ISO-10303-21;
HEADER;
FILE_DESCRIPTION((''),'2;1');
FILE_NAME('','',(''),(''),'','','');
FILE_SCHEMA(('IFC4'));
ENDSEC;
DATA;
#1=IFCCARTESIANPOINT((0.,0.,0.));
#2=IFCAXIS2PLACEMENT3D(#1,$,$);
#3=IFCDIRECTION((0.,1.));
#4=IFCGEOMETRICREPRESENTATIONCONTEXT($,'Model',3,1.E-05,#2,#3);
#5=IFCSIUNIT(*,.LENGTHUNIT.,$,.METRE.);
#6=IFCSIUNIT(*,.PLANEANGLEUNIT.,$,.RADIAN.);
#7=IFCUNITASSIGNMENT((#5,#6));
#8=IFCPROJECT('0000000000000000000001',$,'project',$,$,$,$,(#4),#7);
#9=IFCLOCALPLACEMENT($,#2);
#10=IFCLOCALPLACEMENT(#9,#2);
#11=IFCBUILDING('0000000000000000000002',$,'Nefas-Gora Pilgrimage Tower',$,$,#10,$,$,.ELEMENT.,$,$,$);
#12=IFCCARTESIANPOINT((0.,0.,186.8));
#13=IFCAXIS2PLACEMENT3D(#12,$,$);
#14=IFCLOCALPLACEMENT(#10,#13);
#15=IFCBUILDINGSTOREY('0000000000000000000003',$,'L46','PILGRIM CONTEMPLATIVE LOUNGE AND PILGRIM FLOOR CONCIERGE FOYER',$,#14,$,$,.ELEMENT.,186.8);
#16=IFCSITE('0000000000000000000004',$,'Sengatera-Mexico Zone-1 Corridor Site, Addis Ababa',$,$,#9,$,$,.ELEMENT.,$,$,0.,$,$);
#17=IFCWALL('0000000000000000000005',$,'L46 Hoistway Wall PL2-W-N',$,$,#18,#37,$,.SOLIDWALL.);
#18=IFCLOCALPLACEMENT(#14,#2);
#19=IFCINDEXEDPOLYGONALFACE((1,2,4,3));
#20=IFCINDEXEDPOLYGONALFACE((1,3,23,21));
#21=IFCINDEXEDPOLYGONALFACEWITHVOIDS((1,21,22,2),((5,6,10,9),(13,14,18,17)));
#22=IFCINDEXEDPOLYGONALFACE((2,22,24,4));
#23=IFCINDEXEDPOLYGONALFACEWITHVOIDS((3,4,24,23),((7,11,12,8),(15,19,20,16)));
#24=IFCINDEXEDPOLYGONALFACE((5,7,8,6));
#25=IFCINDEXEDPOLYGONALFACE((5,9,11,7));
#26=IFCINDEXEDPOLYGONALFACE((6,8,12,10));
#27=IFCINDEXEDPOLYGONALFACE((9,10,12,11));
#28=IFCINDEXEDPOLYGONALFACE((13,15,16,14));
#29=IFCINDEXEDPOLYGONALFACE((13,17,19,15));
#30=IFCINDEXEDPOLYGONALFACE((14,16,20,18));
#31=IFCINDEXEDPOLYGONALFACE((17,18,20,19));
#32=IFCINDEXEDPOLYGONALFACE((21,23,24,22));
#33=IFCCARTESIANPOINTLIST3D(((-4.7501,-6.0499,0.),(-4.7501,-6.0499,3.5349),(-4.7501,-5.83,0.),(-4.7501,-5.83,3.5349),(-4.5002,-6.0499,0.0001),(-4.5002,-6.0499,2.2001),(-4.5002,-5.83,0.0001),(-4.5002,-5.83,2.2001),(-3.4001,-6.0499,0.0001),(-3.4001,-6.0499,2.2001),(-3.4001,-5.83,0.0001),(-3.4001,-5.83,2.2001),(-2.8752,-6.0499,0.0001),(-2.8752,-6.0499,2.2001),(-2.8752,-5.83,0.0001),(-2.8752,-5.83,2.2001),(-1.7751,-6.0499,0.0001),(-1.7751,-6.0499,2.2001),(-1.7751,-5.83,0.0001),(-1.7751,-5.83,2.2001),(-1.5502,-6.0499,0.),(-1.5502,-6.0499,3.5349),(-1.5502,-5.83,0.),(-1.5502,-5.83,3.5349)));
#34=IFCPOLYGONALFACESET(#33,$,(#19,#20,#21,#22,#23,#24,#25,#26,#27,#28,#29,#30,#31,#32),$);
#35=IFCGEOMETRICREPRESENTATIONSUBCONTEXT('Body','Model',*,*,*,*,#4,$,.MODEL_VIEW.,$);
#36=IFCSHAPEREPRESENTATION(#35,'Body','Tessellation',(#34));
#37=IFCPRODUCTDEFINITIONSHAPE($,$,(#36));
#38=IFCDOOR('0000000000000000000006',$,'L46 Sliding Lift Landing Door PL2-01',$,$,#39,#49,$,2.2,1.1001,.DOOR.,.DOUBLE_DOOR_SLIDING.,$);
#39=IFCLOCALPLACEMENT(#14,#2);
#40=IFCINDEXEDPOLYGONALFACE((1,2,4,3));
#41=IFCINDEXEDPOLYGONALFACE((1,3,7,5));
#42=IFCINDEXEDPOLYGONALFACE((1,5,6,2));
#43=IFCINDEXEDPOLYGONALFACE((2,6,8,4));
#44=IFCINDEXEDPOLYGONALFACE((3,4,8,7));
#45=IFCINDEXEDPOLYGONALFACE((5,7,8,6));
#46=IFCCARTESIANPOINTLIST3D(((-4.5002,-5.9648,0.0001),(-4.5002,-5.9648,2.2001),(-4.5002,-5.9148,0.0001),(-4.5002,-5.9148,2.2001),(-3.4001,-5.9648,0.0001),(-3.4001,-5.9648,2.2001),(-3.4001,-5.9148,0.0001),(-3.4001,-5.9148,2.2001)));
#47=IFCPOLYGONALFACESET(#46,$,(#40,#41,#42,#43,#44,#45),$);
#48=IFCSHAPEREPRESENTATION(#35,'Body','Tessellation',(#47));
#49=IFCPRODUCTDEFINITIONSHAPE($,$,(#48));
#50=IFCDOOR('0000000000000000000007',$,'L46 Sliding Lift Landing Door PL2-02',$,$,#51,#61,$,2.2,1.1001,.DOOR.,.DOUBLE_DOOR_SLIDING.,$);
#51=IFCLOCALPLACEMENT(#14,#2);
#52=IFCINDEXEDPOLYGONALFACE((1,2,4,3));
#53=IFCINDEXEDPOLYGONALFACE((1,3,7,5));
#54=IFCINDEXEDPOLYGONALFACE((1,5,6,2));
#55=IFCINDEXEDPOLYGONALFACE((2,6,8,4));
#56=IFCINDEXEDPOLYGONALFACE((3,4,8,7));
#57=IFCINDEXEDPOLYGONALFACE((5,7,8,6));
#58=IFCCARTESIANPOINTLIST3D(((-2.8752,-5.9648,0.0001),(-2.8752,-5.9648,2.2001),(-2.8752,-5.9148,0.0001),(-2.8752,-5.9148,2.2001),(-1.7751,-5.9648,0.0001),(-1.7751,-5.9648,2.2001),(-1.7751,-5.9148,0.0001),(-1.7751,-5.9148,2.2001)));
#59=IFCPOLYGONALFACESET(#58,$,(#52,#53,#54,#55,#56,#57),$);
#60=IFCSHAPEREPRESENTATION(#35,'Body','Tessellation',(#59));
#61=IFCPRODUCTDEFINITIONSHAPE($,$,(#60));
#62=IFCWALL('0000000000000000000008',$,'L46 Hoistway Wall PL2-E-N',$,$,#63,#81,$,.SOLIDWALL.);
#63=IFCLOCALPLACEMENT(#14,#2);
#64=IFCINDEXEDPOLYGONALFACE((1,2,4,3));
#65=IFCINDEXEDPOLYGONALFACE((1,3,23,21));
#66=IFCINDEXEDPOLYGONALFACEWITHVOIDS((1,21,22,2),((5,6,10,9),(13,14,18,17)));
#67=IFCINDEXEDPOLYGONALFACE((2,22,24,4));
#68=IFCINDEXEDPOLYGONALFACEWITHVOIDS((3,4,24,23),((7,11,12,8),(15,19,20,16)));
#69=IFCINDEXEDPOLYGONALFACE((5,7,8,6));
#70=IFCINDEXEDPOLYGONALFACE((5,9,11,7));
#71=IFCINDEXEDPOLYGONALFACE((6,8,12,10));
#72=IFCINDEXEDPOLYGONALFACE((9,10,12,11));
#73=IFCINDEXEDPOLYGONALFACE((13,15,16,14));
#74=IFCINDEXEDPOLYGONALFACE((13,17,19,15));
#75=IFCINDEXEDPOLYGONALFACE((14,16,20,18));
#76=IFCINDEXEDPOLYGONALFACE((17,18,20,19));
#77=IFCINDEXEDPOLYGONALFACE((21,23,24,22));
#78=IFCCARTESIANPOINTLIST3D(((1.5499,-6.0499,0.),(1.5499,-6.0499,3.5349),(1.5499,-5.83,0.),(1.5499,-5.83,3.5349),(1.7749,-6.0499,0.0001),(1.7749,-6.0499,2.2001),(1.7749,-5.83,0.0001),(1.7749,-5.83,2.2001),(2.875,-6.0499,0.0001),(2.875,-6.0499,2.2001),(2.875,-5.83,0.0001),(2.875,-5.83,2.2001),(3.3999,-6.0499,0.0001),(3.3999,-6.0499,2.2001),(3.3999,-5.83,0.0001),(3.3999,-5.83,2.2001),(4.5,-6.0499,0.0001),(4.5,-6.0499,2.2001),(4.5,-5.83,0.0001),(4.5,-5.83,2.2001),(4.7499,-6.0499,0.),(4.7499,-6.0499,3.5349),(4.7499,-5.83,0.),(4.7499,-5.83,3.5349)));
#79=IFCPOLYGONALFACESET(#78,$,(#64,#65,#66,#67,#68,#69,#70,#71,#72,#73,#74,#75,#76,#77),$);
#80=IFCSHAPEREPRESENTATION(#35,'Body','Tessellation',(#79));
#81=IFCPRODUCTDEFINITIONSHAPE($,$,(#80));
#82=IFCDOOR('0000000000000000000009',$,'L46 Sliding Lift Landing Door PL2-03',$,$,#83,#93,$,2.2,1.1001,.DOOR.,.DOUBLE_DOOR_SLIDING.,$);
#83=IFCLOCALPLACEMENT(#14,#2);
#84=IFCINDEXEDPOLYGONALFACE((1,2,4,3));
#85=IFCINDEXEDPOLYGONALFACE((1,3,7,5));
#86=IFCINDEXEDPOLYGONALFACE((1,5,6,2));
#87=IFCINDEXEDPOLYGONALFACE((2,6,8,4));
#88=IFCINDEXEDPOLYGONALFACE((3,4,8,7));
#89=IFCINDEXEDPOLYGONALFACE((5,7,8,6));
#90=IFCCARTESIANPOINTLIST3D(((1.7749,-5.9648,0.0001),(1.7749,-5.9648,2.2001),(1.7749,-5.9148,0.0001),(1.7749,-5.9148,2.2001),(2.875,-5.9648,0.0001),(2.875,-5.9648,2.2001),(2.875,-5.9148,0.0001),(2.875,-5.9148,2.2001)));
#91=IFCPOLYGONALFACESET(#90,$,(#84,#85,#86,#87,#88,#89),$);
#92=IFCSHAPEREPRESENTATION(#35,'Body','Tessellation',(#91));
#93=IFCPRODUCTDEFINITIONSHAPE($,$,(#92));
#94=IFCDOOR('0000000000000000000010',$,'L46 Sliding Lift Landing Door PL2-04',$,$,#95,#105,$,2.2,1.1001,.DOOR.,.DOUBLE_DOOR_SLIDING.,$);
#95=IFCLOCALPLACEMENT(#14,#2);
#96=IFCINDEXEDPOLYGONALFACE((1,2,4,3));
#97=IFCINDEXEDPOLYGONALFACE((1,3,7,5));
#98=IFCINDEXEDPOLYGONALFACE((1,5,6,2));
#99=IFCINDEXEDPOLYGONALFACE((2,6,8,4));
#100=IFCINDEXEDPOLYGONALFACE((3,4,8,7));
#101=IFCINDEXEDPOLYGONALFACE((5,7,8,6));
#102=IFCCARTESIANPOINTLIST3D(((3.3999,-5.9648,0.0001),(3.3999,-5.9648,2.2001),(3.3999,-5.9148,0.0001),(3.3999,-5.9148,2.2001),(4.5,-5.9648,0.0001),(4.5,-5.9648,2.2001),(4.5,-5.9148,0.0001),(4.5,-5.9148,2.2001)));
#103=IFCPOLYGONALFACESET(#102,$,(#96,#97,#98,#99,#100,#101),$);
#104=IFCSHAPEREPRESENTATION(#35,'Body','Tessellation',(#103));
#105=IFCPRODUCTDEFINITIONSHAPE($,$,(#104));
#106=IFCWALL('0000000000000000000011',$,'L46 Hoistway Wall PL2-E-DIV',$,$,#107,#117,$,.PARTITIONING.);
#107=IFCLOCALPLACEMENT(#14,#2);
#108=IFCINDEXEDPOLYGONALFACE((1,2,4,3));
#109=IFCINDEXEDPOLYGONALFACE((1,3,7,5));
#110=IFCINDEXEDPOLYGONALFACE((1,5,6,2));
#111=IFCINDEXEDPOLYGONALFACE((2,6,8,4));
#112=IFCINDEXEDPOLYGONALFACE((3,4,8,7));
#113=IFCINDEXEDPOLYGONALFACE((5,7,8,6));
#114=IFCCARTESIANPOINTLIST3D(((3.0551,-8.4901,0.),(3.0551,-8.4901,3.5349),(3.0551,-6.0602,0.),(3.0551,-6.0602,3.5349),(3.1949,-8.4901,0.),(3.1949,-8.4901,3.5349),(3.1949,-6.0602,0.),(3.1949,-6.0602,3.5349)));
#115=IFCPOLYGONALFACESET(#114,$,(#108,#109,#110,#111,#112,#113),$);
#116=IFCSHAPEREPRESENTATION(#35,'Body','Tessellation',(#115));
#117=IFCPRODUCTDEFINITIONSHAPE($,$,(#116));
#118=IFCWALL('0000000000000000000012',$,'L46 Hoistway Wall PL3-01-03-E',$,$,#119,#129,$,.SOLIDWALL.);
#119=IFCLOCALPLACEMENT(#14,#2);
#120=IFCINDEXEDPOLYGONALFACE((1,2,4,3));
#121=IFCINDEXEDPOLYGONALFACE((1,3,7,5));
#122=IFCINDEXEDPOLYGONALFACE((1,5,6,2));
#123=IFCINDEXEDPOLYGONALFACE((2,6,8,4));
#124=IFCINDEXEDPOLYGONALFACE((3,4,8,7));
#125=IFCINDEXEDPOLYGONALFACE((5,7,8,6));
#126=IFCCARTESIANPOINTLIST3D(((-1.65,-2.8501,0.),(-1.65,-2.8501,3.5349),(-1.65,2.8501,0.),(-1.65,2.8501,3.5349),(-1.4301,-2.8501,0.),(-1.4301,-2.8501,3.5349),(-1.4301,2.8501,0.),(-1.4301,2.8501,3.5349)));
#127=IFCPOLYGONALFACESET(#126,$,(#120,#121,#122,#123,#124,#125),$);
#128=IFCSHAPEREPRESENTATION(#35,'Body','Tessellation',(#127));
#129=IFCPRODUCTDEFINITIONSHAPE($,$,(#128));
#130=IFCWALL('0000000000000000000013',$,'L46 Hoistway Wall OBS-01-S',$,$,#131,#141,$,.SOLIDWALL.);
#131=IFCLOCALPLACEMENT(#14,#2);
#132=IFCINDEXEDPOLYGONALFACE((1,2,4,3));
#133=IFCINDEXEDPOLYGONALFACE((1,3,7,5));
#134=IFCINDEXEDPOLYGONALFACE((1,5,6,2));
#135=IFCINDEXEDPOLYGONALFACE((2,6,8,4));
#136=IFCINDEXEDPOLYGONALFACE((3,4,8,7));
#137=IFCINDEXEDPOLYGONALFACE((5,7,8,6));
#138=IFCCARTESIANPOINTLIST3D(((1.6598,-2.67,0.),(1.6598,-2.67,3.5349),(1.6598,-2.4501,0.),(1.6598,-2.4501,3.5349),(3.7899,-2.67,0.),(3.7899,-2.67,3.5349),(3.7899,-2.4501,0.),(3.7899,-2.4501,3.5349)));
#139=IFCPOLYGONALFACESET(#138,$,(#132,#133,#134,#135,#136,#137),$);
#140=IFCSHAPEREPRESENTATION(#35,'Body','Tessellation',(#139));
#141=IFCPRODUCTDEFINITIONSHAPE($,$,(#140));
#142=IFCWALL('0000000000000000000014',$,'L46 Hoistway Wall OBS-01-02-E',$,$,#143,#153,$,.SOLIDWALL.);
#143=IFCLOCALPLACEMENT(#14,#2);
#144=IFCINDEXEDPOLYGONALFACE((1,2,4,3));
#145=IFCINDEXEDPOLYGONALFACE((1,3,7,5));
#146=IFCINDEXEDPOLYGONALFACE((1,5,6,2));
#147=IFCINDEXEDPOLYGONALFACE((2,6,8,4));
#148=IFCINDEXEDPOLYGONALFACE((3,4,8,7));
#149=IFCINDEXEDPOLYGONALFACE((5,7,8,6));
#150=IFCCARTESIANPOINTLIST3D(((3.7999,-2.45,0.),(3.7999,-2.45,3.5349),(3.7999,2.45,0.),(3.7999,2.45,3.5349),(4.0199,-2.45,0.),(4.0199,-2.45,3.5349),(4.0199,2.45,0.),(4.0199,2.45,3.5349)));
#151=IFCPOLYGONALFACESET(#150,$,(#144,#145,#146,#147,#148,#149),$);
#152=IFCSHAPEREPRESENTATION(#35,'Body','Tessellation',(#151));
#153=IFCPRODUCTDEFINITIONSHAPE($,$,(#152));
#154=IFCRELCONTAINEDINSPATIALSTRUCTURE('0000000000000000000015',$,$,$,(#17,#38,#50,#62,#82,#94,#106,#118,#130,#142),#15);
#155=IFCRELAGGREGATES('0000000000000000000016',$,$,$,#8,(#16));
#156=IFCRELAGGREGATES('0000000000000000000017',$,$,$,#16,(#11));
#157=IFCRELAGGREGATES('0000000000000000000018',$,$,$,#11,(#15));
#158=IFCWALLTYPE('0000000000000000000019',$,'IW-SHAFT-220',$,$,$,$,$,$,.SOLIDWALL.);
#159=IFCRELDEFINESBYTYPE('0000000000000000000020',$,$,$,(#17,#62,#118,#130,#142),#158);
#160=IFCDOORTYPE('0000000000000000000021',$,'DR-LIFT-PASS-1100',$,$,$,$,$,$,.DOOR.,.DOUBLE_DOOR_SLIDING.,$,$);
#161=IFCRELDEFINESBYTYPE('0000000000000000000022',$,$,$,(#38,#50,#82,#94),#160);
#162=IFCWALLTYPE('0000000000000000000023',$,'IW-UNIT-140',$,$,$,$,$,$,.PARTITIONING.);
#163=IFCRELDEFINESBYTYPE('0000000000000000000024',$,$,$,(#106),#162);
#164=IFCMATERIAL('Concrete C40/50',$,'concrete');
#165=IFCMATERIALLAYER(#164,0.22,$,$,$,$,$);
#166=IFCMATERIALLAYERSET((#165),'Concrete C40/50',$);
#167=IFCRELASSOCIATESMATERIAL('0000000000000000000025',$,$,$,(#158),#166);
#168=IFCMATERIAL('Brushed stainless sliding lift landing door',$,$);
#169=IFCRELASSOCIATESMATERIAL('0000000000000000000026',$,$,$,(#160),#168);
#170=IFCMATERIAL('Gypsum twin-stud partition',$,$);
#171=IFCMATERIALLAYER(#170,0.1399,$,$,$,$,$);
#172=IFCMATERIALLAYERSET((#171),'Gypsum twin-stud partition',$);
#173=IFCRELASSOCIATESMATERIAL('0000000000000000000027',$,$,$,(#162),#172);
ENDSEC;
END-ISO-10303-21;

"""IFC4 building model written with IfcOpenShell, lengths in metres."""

from ifc_helpers import new_model, si_unit, direction, frame, frame_2d, origin, place, context, subcontext, project, spatial, rectangle, extrude, source, transform, mapped, material, layer, layer_set, type_object, element, fill, save


model = new_model("IFC4")

# Units and contexts
model_context = context("Model", 3, precision=1e-05, world=origin(), true_north=direction((0.0, 1.0)))
body_context = subcontext(model_context, "Body", "Model", "MODEL_VIEW")
ifc_project = project(units=[si_unit("LENGTHUNIT", "METRE"), si_unit("PLANEANGLEUNIT", "RADIAN")], contexts=[model_context])

# Site, building, storey
site_placement = place(None, origin())
site = spatial("IfcSite", under=ifc_project, at=site_placement, Name="Sengatera-Mexico Zone-1 Corridor Site, Addis Ababa", CompositionType="ELEMENT", RefElevation=0.0)
building_placement = place(site_placement, origin())
building = spatial("IfcBuilding", under=site, at=building_placement, Name="Nefas-Gora Pilgrimage Tower", CompositionType="ELEMENT")
storey_placement = place(building_placement, frame((0.0, 0.0, 186.8)))
storey = spatial("IfcBuildingStorey", under=building, at=storey_placement, Name="L46", Description="PILGRIM CONTEMPLATIVE LOUNGE AND PILGRIM FLOOR CONCIERGE FOYER", CompositionType="ELEMENT", Elevation=186.8)

# Shared definitions
ifc_material_1 = material(Name="Concrete C40/50", Category="concrete")

# Shared definitions
ifc_layer_1 = layer(ifc_material_1, 0.22)
ifc_layer_set_1 = layer_set([ifc_layer_1], Name="Concrete C40/50")
wall_type_1 = type_object("IfcWallType", Name="IW-SHAFT-220", PredefinedType="SOLIDWALL", material=ifc_layer_set_1)

# Walls, openings, doors
shared_shape_1 = source(origin(), body_context, "Body", "SweptSolid", [
    extrude(rectangle(XDim=3.2, YDim=0.22, at=frame_2d((1.6001, 0.0))), origin(), (0.0, 0.0, 1.0), 3.5349),
])
wall_1_placement = place(storey_placement, frame((-1.55, -5.9399, 0.0), z_axis=(0.0, 0.0, 1.0), x_axis=(-1.0, 0.0, 0.0)))
wall_1 = element("IfcWall", 1, at=wall_1_placement, inside=storey, type_object=wall_type_1, Name="L46 Hoistway Wall PL2-W-N", PredefinedType="SOLIDWALL", context=body_context, shape_type="MappedRepresentation", body=[
    mapped(shared_shape_1, transform((0.0, 0.0, 0.0), x_axis=(1.0, 0.0, 0.0), y_axis=(0.0, 1.0, 0.0), z_axis=(0.0, 0.0, 1.0), scale=1.0)),
])
opening_1_placement = place(wall_1_placement, frame((1.8501, 0.0, 0.0)))
opening_1 = element("IfcOpeningElement", 2, at=opening_1_placement, cuts=wall_1, PredefinedType="OPENING", context=body_context, shape_type="SweptSolid", body=[
    extrude(rectangle(XDim=1.1001, YDim=2.2, at=frame_2d((0.55, 1.1001))), frame((0.0, 0.1199, 0.0), z_axis=(0.0, -1.0, 0.0), x_axis=(1.0, 0.0, 0.0)), (0.0, 0.0, 1.0), 0.24),
])
opening_2_placement = place(wall_1_placement, frame((0.2251, 0.0, 0.0)))
opening_2 = element("IfcOpeningElement", 3, at=opening_2_placement, cuts=wall_1, PredefinedType="OPENING", context=body_context, shape_type="SweptSolid", body=[
    extrude(rectangle(XDim=1.1001, YDim=2.2, at=frame_2d((0.55, 1.1001))), frame((0.0, 0.1199, 0.0), z_axis=(0.0, -1.0, 0.0), x_axis=(1.0, 0.0, 0.0)), (0.0, 0.0, 1.0), 0.24),
])
ifc_material_2 = material(Name="Brushed stainless sliding lift landing door")
door_type_1 = type_object("IfcDoorType", Name="DR-LIFT-PASS-1100", OperationType="DOUBLE_DOOR_SLIDING", PredefinedType="DOOR", material=ifc_material_2)
shared_shape_2 = source(origin(), body_context, "Body", "SweptSolid", [
    extrude(rectangle(XDim=1.1001, YDim=2.2, at=frame_2d((0.55, 1.1001))), frame((0.0, 0.0249, 0.0), z_axis=(0.0, -1.0, 0.0), x_axis=(1.0, 0.0, 0.0)), (0.0, 0.0, 1.0), 0.05),
])
door_1_placement = place(opening_1_placement, origin())
door_1 = element("IfcDoor", 4, at=door_1_placement, inside=storey, type_object=door_type_1, Name="L46 Sliding Lift Landing Door PL2-01", OperationType="DOUBLE_DOOR_SLIDING", OverallHeight=2.2, OverallWidth=1.1001, PredefinedType="DOOR", context=body_context, shape_type="MappedRepresentation", body=[
    mapped(shared_shape_2, transform((0.0, 0.0, 0.0), x_axis=(1.0, 0.0, 0.0), y_axis=(0.0, 1.0, 0.0), z_axis=(0.0, 0.0, 1.0), scale=1.0)),
])
fill(opening_1, door_1)
door_2_placement = place(opening_2_placement, origin())
door_2 = element("IfcDoor", 5, at=door_2_placement, inside=storey, type_object=door_type_1, Name="L46 Sliding Lift Landing Door PL2-02", OperationType="DOUBLE_DOOR_SLIDING", OverallHeight=2.2, OverallWidth=1.1001, PredefinedType="DOOR", context=body_context, shape_type="MappedRepresentation", body=[
    mapped(shared_shape_2, transform((0.0, 0.0, 0.0), x_axis=(1.0, 0.0, 0.0), y_axis=(0.0, 1.0, 0.0), z_axis=(0.0, 0.0, 1.0), scale=1.0)),
])
fill(opening_2, door_2)
wall_2_placement = place(storey_placement, frame((4.75, -5.9399, 0.0), z_axis=(0.0, 0.0, 1.0), x_axis=(-1.0, 0.0, 0.0)))
wall_2 = element("IfcWall", 6, at=wall_2_placement, inside=storey, type_object=wall_type_1, Name="L46 Hoistway Wall PL2-E-N", PredefinedType="SOLIDWALL", context=body_context, shape_type="MappedRepresentation", body=[
    mapped(shared_shape_1, transform((0.0, 0.0, 0.0), x_axis=(1.0, 0.0, 0.0), y_axis=(0.0, 1.0, 0.0), z_axis=(0.0, 0.0, 1.0), scale=1.0)),
])
opening_3_placement = place(wall_2_placement, frame((1.875, 0.0, 0.0)))
opening_3 = element("IfcOpeningElement", 7, at=opening_3_placement, cuts=wall_2, PredefinedType="OPENING", context=body_context, shape_type="SweptSolid", body=[
    extrude(rectangle(XDim=1.1001, YDim=2.2, at=frame_2d((0.55, 1.1001))), frame((0.0, 0.1199, 0.0), z_axis=(0.0, -1.0, 0.0), x_axis=(1.0, 0.0, 0.0)), (0.0, 0.0, 1.0), 0.24),
])
opening_4_placement = place(wall_2_placement, frame((0.25, 0.0, 0.0)))
opening_4 = element("IfcOpeningElement", 8, at=opening_4_placement, cuts=wall_2, PredefinedType="OPENING", context=body_context, shape_type="SweptSolid", body=[
    extrude(rectangle(XDim=1.1001, YDim=2.2, at=frame_2d((0.55, 1.1001))), frame((0.0, 0.1199, 0.0), z_axis=(0.0, -1.0, 0.0), x_axis=(1.0, 0.0, 0.0)), (0.0, 0.0, 1.0), 0.24),
])
door_3_placement = place(opening_3_placement, origin())
door_3 = element("IfcDoor", 9, at=door_3_placement, inside=storey, type_object=door_type_1, Name="L46 Sliding Lift Landing Door PL2-03", OperationType="DOUBLE_DOOR_SLIDING", OverallHeight=2.2, OverallWidth=1.1001, PredefinedType="DOOR", context=body_context, shape_type="MappedRepresentation", body=[
    mapped(shared_shape_2, transform((0.0, 0.0, 0.0), x_axis=(1.0, 0.0, 0.0), y_axis=(0.0, 1.0, 0.0), z_axis=(0.0, 0.0, 1.0), scale=1.0)),
])
fill(opening_3, door_3)
door_4_placement = place(opening_4_placement, origin())
door_4 = element("IfcDoor", 10, at=door_4_placement, inside=storey, type_object=door_type_1, Name="L46 Sliding Lift Landing Door PL2-04", OperationType="DOUBLE_DOOR_SLIDING", OverallHeight=2.2, OverallWidth=1.1001, PredefinedType="DOOR", context=body_context, shape_type="MappedRepresentation", body=[
    mapped(shared_shape_2, transform((0.0, 0.0, 0.0), x_axis=(1.0, 0.0, 0.0), y_axis=(0.0, 1.0, 0.0), z_axis=(0.0, 0.0, 1.0), scale=1.0)),
])
fill(opening_4, door_4)

# Walls
ifc_material_3 = material(Name="Gypsum twin-stud partition")
ifc_layer_2 = layer(ifc_material_3, 0.1399)
ifc_layer_set_2 = layer_set([ifc_layer_2], Name="Gypsum twin-stud partition")
wall_type_2 = type_object("IfcWallType", Name="IW-UNIT-140", PredefinedType="PARTITIONING", material=ifc_layer_set_2)
shared_shape_3 = source(origin(), body_context, "Body", "SweptSolid", [
    extrude(rectangle(XDim=2.4299, YDim=0.1399, at=frame_2d((1.2148, 0.0))), origin(), (0.0, 0.0, 1.0), 3.5349),
])
wall_3_placement = place(storey_placement, frame((3.125, -8.49, 0.0), z_axis=(0.0, 0.0, 1.0), x_axis=(0.0, 1.0, 0.0)))
element("IfcWall", 11, at=wall_3_placement, inside=storey, type_object=wall_type_2, Name="L46 Hoistway Wall PL2-E-DIV", PredefinedType="PARTITIONING", context=body_context, shape_type="MappedRepresentation", body=[
    mapped(shared_shape_3, transform((0.0, 0.0, 0.0), x_axis=(1.0, 0.0, 0.0), y_axis=(0.0, 1.0, 0.0), z_axis=(0.0, 0.0, 1.0), scale=1.0)),
])
shared_shape_4 = source(origin(), body_context, "Body", "SweptSolid", [
    extrude(rectangle(XDim=5.7002, YDim=0.22, at=frame_2d((2.8501, 0.0))), origin(), (0.0, 0.0, 1.0), 3.5349),
])
wall_4_placement = place(storey_placement, frame((-1.54, -2.8501, 0.0), z_axis=(0.0, 0.0, 1.0), x_axis=(0.0, 1.0, 0.0)))
element("IfcWall", 12, at=wall_4_placement, inside=storey, type_object=wall_type_1, Name="L46 Hoistway Wall PL3-01-03-E", PredefinedType="SOLIDWALL", context=body_context, shape_type="MappedRepresentation", body=[
    mapped(shared_shape_4, transform((0.0, 0.0, 0.0), x_axis=(1.0, 0.0, 0.0), y_axis=(0.0, 1.0, 0.0), z_axis=(0.0, 0.0, 1.0), scale=1.0)),
])
shared_shape_5 = source(origin(), body_context, "Body", "SweptSolid", [
    extrude(rectangle(XDim=2.1301, YDim=0.22, at=frame_2d((1.0649, 0.0))), origin(), (0.0, 0.0, 1.0), 3.5349),
])
wall_5_placement = place(storey_placement, frame((1.6599, -2.5601, 0.0), z_axis=(0.0, 0.0, 1.0), x_axis=(1.0, 0.0, 0.0)))
element("IfcWall", 13, at=wall_5_placement, inside=storey, type_object=wall_type_1, Name="L46 Hoistway Wall OBS-01-S", PredefinedType="SOLIDWALL", context=body_context, shape_type="MappedRepresentation", body=[
    mapped(shared_shape_5, transform((0.0, 0.0, 0.0), x_axis=(1.0, 0.0, 0.0), y_axis=(0.0, 1.0, 0.0), z_axis=(0.0, 0.0, 1.0), scale=1.0)),
])
shared_shape_6 = source(origin(), body_context, "Body", "SweptSolid", [
    extrude(rectangle(XDim=4.8999, YDim=0.22, at=frame_2d((2.45, 0.0))), origin(), (0.0, 0.0, 1.0), 3.5349),
])
wall_6_placement = place(storey_placement, frame((3.9099, -2.45, 0.0), z_axis=(0.0, 0.0, 1.0), x_axis=(0.0, 1.0, 0.0)))
element("IfcWall", 14, at=wall_6_placement, inside=storey, type_object=wall_type_1, Name="L46 Hoistway Wall OBS-01-02-E", PredefinedType="SOLIDWALL", context=body_context, shape_type="MappedRepresentation", body=[
    mapped(shared_shape_6, transform((0.0, 0.0, 0.0), x_axis=(1.0, 0.0, 0.0), y_axis=(0.0, 1.0, 0.0), z_axis=(0.0, 0.0, 1.0), scale=1.0)),
])

save(model, "model.ifc")
